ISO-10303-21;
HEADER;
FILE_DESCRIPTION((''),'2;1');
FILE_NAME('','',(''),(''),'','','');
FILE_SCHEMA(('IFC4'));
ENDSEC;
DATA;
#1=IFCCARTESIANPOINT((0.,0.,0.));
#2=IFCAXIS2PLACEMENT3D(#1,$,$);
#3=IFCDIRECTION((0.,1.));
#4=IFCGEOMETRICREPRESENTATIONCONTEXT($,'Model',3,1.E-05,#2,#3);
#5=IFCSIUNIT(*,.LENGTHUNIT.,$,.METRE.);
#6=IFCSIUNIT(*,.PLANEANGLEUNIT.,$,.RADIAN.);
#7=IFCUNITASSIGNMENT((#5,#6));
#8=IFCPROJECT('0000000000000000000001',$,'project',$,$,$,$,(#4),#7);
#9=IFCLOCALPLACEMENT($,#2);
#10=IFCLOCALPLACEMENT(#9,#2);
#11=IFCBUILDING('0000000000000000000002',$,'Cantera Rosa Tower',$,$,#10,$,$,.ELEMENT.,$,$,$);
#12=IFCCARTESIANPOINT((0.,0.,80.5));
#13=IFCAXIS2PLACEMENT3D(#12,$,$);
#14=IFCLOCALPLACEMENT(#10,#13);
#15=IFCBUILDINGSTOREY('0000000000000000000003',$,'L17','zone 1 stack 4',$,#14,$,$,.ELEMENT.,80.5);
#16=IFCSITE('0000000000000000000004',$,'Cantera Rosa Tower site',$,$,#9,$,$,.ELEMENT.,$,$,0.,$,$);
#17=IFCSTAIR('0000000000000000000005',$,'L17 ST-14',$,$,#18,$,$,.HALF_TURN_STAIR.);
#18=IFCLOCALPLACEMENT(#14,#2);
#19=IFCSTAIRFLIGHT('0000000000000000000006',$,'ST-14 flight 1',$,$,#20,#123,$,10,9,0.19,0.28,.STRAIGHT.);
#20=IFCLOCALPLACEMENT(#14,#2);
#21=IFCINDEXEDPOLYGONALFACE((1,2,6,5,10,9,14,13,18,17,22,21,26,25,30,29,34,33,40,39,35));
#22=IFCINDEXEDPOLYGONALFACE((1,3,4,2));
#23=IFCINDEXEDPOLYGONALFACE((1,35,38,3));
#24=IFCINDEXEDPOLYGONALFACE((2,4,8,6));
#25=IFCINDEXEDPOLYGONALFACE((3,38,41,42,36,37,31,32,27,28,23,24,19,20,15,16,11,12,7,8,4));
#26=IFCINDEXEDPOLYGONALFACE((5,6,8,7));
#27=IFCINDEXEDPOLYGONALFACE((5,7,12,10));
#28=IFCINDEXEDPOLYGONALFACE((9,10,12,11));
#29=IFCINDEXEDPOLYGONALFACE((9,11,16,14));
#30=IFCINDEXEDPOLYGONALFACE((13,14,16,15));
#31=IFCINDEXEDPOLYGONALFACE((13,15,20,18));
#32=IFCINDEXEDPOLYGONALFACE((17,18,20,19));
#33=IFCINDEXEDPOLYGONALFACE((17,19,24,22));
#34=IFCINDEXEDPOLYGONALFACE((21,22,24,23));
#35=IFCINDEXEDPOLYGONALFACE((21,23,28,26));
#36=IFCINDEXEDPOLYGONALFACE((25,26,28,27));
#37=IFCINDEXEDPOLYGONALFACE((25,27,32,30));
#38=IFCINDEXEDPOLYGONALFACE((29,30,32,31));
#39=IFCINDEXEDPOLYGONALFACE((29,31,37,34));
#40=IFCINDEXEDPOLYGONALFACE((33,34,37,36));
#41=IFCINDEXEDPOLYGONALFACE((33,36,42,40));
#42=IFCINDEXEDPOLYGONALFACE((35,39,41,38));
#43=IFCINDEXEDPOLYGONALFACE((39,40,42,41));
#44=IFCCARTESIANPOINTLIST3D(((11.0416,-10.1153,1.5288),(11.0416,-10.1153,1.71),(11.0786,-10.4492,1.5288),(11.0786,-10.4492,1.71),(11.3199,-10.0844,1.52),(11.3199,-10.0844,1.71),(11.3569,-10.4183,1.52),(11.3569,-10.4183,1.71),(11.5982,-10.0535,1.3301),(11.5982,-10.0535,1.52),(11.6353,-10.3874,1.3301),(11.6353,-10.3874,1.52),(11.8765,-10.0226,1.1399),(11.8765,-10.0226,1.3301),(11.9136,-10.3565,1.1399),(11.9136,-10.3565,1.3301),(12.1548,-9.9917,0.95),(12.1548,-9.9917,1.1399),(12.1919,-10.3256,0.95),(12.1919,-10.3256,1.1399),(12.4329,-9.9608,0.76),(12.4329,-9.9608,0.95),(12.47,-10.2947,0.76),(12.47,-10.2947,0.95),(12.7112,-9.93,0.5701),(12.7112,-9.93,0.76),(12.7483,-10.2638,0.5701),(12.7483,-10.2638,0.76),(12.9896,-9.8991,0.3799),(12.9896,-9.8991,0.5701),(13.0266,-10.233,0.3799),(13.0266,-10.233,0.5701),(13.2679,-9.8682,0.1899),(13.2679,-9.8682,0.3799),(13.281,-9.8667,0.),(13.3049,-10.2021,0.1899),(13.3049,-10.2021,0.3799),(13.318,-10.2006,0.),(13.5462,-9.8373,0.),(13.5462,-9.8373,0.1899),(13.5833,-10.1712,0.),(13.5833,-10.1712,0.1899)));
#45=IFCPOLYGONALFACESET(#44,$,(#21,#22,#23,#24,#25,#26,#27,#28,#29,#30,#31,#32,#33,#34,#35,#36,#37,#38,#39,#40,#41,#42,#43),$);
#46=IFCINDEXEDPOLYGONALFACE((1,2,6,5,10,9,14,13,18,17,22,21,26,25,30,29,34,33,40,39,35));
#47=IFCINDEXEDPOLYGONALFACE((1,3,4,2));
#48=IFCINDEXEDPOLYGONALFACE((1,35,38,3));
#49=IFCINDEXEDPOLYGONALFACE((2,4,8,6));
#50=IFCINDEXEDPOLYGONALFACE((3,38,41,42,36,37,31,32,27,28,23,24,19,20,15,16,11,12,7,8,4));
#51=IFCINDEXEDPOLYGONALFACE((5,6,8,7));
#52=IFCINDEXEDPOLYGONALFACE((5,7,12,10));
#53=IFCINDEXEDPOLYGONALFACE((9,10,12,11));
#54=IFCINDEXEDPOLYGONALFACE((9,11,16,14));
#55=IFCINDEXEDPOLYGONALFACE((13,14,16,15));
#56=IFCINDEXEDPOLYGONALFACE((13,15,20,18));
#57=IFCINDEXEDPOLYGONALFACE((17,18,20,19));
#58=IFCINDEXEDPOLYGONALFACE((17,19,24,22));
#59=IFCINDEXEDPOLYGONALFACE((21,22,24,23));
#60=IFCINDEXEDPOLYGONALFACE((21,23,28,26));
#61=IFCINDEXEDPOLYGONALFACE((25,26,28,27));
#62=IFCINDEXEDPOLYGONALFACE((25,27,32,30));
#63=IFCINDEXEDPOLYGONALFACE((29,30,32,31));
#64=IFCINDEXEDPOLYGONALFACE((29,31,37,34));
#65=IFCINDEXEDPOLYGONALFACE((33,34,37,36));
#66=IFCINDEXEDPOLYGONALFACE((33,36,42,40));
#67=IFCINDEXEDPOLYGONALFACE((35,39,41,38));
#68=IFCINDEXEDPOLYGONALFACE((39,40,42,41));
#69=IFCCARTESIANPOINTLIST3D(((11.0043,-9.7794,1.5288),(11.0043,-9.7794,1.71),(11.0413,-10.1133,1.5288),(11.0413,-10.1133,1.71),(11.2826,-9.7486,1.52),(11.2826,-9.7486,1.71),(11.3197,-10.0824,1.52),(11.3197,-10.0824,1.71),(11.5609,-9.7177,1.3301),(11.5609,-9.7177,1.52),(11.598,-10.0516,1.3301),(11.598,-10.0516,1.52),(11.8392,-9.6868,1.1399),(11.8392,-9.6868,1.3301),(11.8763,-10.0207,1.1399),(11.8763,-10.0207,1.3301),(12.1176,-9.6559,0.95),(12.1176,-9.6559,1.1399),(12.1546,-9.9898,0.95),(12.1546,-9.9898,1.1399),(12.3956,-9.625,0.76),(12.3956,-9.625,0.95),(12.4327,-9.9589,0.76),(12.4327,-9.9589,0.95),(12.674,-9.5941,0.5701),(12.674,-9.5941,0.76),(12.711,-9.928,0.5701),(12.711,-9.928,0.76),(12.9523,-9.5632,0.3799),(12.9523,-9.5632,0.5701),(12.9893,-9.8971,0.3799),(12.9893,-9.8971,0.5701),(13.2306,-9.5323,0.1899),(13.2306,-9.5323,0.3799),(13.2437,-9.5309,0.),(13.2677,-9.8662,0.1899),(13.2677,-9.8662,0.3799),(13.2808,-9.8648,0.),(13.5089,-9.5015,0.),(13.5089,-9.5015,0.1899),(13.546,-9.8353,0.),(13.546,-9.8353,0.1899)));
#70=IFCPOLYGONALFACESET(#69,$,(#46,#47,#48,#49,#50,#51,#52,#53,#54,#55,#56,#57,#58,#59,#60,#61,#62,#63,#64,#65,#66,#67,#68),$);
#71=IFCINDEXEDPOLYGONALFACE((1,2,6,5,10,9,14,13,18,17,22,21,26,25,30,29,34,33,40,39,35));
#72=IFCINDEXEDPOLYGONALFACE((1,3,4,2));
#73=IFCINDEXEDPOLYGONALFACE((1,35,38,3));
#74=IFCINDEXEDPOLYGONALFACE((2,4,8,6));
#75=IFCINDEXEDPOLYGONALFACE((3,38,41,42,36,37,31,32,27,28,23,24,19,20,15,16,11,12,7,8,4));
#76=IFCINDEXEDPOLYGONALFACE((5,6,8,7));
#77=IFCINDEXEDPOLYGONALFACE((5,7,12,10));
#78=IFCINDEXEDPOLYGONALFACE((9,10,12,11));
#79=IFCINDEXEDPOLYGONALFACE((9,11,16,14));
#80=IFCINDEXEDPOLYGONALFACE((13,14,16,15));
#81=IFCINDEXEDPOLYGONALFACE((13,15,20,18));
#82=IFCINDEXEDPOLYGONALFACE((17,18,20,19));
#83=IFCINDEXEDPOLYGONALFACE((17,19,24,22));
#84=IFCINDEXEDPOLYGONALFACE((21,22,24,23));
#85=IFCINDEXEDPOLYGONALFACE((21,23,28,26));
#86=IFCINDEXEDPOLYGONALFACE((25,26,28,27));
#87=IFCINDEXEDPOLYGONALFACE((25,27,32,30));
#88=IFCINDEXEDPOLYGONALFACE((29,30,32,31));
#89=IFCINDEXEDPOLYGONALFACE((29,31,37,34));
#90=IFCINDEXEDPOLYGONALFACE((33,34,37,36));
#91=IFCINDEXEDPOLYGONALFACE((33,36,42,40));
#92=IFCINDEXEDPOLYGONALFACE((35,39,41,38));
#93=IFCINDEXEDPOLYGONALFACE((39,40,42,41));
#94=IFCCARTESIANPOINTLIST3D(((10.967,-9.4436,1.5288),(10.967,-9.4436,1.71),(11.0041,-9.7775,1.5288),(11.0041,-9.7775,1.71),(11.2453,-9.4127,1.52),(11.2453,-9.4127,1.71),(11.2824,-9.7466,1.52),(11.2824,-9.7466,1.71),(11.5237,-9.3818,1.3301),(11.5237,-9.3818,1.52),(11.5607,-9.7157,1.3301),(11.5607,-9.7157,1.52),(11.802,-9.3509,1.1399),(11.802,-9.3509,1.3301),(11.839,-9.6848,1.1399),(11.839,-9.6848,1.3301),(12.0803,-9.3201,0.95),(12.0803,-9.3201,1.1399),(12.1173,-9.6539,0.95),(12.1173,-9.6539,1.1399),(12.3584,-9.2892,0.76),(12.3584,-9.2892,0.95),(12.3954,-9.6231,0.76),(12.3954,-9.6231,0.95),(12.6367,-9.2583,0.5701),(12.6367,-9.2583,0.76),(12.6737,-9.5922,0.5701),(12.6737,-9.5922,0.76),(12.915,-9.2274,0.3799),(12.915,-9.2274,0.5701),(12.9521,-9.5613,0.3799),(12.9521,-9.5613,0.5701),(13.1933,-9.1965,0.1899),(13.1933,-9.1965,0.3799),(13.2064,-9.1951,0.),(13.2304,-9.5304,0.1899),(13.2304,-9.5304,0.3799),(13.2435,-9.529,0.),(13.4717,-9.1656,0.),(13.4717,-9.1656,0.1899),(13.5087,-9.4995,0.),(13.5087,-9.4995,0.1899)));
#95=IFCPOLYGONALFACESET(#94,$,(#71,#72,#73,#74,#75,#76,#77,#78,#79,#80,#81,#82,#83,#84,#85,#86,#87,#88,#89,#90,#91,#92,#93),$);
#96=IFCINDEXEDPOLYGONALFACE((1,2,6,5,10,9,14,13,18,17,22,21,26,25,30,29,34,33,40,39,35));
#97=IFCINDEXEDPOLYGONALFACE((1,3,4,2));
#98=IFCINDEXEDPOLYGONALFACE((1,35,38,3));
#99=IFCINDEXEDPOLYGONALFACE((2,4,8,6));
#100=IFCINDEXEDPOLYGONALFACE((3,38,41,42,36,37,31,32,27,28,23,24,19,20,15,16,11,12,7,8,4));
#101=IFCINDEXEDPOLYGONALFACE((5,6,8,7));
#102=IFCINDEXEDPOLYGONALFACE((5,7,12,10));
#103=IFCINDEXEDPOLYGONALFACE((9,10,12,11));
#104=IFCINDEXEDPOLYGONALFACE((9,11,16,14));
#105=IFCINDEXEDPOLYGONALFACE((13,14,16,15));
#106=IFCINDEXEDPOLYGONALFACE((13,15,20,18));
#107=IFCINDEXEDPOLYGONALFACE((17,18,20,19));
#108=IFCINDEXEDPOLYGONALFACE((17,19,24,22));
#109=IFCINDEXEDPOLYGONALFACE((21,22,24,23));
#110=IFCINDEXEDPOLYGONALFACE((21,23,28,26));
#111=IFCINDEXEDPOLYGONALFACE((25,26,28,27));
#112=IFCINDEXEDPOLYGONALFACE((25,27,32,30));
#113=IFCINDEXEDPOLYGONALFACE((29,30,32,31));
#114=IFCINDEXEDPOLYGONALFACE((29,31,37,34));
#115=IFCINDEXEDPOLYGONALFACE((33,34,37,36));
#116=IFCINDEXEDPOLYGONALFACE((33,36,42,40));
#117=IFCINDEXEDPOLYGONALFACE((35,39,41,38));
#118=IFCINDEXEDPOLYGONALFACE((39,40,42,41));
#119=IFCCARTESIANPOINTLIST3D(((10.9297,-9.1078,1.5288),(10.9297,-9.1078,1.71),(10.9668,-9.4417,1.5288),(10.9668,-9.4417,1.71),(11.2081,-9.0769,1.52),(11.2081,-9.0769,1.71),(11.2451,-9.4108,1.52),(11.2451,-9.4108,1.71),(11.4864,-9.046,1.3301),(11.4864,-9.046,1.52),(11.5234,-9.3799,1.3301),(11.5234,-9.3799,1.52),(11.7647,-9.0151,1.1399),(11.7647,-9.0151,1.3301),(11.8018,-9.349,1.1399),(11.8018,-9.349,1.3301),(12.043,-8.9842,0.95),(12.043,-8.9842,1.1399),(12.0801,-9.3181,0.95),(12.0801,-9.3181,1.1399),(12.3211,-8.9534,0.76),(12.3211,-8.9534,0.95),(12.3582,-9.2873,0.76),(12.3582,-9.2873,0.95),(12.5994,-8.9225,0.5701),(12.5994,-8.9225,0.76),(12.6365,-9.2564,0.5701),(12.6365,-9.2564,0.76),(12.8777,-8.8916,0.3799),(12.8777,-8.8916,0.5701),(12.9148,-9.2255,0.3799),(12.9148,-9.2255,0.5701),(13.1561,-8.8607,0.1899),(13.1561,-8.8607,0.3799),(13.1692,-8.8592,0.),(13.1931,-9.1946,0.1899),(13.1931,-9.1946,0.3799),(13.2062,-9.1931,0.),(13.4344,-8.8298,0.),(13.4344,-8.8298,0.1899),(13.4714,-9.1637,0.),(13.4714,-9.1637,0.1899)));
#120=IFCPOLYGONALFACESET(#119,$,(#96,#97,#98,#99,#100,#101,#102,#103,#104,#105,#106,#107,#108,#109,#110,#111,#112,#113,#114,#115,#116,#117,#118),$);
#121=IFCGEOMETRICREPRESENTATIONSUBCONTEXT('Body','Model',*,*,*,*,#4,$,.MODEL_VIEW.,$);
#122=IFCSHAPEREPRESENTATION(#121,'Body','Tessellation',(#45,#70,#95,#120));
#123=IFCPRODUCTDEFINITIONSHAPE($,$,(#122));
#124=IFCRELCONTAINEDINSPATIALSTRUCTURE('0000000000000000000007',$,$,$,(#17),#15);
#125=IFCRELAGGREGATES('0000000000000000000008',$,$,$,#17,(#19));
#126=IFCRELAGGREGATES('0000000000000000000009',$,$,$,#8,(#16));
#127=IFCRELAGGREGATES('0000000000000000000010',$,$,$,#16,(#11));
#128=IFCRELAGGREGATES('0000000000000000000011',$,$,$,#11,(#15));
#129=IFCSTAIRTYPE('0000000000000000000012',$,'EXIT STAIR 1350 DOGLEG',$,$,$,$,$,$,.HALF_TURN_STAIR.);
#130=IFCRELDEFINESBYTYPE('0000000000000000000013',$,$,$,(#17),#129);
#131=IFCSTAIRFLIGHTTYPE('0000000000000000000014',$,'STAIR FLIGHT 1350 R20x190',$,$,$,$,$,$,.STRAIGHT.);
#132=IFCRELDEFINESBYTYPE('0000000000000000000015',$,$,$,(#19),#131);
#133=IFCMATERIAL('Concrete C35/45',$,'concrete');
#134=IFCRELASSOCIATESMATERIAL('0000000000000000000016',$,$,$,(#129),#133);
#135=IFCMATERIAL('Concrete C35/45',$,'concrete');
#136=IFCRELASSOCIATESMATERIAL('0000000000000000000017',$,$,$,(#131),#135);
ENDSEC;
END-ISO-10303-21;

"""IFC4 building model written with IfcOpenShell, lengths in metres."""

from ifc_helpers import new_model, si_unit, direction, frame, origin, place, context, subcontext, project, spatial, polyline, outline, extrude, material, type_object, element, aggregate, save


model = new_model("IFC4")

# Units and contexts
model_context = context("Model", 3, precision=1e-05, world=origin(), true_north=direction((0.0, 1.0)))
body_context = subcontext(model_context, "Body", "Model", "MODEL_VIEW")
ifc_project = project(units=[si_unit("LENGTHUNIT", "METRE"), si_unit("PLANEANGLEUNIT", "RADIAN")], contexts=[model_context])

# Site, building, storey
site_placement = place(None, origin())
site = spatial("IfcSite", under=ifc_project, at=site_placement, Name="Cantera Rosa Tower site", CompositionType="ELEMENT", RefElevation=0.0)
building_placement = place(site_placement, origin())
building = spatial("IfcBuilding", under=site, at=building_placement, Name="Cantera Rosa Tower", CompositionType="ELEMENT")
storey_placement = place(building_placement, frame((0.0, 0.0, 80.5)))
storey = spatial("IfcBuildingStorey", under=building, at=storey_placement, Name="L17", Description="zone 1 stack 4", CompositionType="ELEMENT", Elevation=80.5)

# Stair, stair flight
ifc_material_1 = material(Name="Concrete C35/45", Category="concrete")
stair_type = type_object("IfcStairType", Name="EXIT STAIR 1350 DOGLEG", PredefinedType="HALF_TURN_STAIR", material=ifc_material_1)
stair_placement = place(storey_placement, origin())
stair = element("IfcStair", 1, at=stair_placement, inside=storey, type_object=stair_type, Name="L17 ST-14", PredefinedType="HALF_TURN_STAIR")
ifc_material_2 = material(Name="Concrete C35/45", Category="concrete")
stair_flight_type = type_object("IfcStairFlightType", Name="STAIR FLIGHT 1350 R20x190", PredefinedType="STRAIGHT", material=ifc_material_2)
stair_flight_placement = place(storey_placement, frame((13.5088, -9.5002, 0.0), z_axis=(0.0, 0.0, 1.0), x_axis=(-0.993897, -0.110313, 0.0)))
stair_flight = element("IfcStairFlight", 2, at=stair_flight_placement, type_object=stair_flight_type, Name="ST-14 flight 1", NumberOfRisers=10, NumberOfTreads=9, PredefinedType="STRAIGHT", RiserHeight=0.19, TreadLength=0.28, context=body_context, shape_type="SweptSolid", body=[
    extrude(outline(polyline([(0.0, 0.0), (0.0, 0.1899), (0.28, 0.1899), (0.28, 0.3799), (0.5601, 0.3799), (0.5601, 0.5701), (0.8401, 0.5701), (0.8401, 0.76), (1.1201, 0.76), (1.1201, 0.95), (1.3999, 0.95), (1.3999, 1.1399), (1.6799, 1.1399), (1.6799, 1.3301), (1.96, 1.3301), (1.96, 1.52), (2.24, 1.52), (2.24, 1.71), (2.52, 1.71), (2.52, 1.8999), (2.52, 1.5288), (0.2668, 0.0), (0.0, 0.0)])), frame((0.0, 0.675, 0.0), z_axis=(0.0, -1.0, 0.0), x_axis=(1.0, 0.0, 0.0)), (0.0, 0.0, 1.0), 0.3359),
    extrude(outline(polyline([(0.0, 0.0), (0.0, 0.1899), (0.28, 0.1899), (0.28, 0.3799), (0.5601, 0.3799), (0.5601, 0.5701), (0.8401, 0.5701), (0.8401, 0.76), (1.1201, 0.76), (1.1201, 0.95), (1.3999, 0.95), (1.3999, 1.1399), (1.6799, 1.1399), (1.6799, 1.3301), (1.96, 1.3301), (1.96, 1.52), (2.24, 1.52), (2.24, 1.71), (2.52, 1.71), (2.52, 1.8999), (2.52, 1.5288), (0.2668, 0.0), (0.0, 0.0)])), frame((0.0, 0.3372, 0.0), z_axis=(0.0, -1.0, 0.0), x_axis=(1.0, 0.0, 0.0)), (0.0, 0.0, 1.0), 0.3359),
    extrude(outline(polyline([(0.0, 0.0), (0.0, 0.1899), (0.28, 0.1899), (0.28, 0.3799), (0.5601, 0.3799), (0.5601, 0.5701), (0.8401, 0.5701), (0.8401, 0.76), (1.1201, 0.76), (1.1201, 0.95), (1.3999, 0.95), (1.3999, 1.1399), (1.6799, 1.1399), (1.6799, 1.3301), (1.96, 1.3301), (1.96, 1.52), (2.24, 1.52), (2.24, 1.71), (2.52, 1.71), (2.52, 1.8999), (2.52, 1.5288), (0.2668, 0.0), (0.0, 0.0)])), frame((0.0, -0.0007, 0.0), z_axis=(0.0, -1.0, 0.0), x_axis=(1.0, 0.0, 0.0)), (0.0, 0.0, 1.0), 0.3359),
    extrude(outline(polyline([(0.0, 0.0), (0.0, 0.1899), (0.28, 0.1899), (0.28, 0.3799), (0.5601, 0.3799), (0.5601, 0.5701), (0.8401, 0.5701), (0.8401, 0.76), (1.1201, 0.76), (1.1201, 0.95), (1.3999, 0.95), (1.3999, 1.1399), (1.6799, 1.1399), (1.6799, 1.3301), (1.96, 1.3301), (1.96, 1.52), (2.24, 1.52), (2.24, 1.71), (2.52, 1.71), (2.52, 1.8999), (2.52, 1.5288), (0.2668, 0.0), (0.0, 0.0)])), frame((0.0, -0.3386, 0.0), z_axis=(0.0, -1.0, 0.0), x_axis=(1.0, 0.0, 0.0)), (0.0, 0.0, 1.0), 0.3359),
])
aggregate(stair, [stair_flight])

save(model, "model.ifc")
